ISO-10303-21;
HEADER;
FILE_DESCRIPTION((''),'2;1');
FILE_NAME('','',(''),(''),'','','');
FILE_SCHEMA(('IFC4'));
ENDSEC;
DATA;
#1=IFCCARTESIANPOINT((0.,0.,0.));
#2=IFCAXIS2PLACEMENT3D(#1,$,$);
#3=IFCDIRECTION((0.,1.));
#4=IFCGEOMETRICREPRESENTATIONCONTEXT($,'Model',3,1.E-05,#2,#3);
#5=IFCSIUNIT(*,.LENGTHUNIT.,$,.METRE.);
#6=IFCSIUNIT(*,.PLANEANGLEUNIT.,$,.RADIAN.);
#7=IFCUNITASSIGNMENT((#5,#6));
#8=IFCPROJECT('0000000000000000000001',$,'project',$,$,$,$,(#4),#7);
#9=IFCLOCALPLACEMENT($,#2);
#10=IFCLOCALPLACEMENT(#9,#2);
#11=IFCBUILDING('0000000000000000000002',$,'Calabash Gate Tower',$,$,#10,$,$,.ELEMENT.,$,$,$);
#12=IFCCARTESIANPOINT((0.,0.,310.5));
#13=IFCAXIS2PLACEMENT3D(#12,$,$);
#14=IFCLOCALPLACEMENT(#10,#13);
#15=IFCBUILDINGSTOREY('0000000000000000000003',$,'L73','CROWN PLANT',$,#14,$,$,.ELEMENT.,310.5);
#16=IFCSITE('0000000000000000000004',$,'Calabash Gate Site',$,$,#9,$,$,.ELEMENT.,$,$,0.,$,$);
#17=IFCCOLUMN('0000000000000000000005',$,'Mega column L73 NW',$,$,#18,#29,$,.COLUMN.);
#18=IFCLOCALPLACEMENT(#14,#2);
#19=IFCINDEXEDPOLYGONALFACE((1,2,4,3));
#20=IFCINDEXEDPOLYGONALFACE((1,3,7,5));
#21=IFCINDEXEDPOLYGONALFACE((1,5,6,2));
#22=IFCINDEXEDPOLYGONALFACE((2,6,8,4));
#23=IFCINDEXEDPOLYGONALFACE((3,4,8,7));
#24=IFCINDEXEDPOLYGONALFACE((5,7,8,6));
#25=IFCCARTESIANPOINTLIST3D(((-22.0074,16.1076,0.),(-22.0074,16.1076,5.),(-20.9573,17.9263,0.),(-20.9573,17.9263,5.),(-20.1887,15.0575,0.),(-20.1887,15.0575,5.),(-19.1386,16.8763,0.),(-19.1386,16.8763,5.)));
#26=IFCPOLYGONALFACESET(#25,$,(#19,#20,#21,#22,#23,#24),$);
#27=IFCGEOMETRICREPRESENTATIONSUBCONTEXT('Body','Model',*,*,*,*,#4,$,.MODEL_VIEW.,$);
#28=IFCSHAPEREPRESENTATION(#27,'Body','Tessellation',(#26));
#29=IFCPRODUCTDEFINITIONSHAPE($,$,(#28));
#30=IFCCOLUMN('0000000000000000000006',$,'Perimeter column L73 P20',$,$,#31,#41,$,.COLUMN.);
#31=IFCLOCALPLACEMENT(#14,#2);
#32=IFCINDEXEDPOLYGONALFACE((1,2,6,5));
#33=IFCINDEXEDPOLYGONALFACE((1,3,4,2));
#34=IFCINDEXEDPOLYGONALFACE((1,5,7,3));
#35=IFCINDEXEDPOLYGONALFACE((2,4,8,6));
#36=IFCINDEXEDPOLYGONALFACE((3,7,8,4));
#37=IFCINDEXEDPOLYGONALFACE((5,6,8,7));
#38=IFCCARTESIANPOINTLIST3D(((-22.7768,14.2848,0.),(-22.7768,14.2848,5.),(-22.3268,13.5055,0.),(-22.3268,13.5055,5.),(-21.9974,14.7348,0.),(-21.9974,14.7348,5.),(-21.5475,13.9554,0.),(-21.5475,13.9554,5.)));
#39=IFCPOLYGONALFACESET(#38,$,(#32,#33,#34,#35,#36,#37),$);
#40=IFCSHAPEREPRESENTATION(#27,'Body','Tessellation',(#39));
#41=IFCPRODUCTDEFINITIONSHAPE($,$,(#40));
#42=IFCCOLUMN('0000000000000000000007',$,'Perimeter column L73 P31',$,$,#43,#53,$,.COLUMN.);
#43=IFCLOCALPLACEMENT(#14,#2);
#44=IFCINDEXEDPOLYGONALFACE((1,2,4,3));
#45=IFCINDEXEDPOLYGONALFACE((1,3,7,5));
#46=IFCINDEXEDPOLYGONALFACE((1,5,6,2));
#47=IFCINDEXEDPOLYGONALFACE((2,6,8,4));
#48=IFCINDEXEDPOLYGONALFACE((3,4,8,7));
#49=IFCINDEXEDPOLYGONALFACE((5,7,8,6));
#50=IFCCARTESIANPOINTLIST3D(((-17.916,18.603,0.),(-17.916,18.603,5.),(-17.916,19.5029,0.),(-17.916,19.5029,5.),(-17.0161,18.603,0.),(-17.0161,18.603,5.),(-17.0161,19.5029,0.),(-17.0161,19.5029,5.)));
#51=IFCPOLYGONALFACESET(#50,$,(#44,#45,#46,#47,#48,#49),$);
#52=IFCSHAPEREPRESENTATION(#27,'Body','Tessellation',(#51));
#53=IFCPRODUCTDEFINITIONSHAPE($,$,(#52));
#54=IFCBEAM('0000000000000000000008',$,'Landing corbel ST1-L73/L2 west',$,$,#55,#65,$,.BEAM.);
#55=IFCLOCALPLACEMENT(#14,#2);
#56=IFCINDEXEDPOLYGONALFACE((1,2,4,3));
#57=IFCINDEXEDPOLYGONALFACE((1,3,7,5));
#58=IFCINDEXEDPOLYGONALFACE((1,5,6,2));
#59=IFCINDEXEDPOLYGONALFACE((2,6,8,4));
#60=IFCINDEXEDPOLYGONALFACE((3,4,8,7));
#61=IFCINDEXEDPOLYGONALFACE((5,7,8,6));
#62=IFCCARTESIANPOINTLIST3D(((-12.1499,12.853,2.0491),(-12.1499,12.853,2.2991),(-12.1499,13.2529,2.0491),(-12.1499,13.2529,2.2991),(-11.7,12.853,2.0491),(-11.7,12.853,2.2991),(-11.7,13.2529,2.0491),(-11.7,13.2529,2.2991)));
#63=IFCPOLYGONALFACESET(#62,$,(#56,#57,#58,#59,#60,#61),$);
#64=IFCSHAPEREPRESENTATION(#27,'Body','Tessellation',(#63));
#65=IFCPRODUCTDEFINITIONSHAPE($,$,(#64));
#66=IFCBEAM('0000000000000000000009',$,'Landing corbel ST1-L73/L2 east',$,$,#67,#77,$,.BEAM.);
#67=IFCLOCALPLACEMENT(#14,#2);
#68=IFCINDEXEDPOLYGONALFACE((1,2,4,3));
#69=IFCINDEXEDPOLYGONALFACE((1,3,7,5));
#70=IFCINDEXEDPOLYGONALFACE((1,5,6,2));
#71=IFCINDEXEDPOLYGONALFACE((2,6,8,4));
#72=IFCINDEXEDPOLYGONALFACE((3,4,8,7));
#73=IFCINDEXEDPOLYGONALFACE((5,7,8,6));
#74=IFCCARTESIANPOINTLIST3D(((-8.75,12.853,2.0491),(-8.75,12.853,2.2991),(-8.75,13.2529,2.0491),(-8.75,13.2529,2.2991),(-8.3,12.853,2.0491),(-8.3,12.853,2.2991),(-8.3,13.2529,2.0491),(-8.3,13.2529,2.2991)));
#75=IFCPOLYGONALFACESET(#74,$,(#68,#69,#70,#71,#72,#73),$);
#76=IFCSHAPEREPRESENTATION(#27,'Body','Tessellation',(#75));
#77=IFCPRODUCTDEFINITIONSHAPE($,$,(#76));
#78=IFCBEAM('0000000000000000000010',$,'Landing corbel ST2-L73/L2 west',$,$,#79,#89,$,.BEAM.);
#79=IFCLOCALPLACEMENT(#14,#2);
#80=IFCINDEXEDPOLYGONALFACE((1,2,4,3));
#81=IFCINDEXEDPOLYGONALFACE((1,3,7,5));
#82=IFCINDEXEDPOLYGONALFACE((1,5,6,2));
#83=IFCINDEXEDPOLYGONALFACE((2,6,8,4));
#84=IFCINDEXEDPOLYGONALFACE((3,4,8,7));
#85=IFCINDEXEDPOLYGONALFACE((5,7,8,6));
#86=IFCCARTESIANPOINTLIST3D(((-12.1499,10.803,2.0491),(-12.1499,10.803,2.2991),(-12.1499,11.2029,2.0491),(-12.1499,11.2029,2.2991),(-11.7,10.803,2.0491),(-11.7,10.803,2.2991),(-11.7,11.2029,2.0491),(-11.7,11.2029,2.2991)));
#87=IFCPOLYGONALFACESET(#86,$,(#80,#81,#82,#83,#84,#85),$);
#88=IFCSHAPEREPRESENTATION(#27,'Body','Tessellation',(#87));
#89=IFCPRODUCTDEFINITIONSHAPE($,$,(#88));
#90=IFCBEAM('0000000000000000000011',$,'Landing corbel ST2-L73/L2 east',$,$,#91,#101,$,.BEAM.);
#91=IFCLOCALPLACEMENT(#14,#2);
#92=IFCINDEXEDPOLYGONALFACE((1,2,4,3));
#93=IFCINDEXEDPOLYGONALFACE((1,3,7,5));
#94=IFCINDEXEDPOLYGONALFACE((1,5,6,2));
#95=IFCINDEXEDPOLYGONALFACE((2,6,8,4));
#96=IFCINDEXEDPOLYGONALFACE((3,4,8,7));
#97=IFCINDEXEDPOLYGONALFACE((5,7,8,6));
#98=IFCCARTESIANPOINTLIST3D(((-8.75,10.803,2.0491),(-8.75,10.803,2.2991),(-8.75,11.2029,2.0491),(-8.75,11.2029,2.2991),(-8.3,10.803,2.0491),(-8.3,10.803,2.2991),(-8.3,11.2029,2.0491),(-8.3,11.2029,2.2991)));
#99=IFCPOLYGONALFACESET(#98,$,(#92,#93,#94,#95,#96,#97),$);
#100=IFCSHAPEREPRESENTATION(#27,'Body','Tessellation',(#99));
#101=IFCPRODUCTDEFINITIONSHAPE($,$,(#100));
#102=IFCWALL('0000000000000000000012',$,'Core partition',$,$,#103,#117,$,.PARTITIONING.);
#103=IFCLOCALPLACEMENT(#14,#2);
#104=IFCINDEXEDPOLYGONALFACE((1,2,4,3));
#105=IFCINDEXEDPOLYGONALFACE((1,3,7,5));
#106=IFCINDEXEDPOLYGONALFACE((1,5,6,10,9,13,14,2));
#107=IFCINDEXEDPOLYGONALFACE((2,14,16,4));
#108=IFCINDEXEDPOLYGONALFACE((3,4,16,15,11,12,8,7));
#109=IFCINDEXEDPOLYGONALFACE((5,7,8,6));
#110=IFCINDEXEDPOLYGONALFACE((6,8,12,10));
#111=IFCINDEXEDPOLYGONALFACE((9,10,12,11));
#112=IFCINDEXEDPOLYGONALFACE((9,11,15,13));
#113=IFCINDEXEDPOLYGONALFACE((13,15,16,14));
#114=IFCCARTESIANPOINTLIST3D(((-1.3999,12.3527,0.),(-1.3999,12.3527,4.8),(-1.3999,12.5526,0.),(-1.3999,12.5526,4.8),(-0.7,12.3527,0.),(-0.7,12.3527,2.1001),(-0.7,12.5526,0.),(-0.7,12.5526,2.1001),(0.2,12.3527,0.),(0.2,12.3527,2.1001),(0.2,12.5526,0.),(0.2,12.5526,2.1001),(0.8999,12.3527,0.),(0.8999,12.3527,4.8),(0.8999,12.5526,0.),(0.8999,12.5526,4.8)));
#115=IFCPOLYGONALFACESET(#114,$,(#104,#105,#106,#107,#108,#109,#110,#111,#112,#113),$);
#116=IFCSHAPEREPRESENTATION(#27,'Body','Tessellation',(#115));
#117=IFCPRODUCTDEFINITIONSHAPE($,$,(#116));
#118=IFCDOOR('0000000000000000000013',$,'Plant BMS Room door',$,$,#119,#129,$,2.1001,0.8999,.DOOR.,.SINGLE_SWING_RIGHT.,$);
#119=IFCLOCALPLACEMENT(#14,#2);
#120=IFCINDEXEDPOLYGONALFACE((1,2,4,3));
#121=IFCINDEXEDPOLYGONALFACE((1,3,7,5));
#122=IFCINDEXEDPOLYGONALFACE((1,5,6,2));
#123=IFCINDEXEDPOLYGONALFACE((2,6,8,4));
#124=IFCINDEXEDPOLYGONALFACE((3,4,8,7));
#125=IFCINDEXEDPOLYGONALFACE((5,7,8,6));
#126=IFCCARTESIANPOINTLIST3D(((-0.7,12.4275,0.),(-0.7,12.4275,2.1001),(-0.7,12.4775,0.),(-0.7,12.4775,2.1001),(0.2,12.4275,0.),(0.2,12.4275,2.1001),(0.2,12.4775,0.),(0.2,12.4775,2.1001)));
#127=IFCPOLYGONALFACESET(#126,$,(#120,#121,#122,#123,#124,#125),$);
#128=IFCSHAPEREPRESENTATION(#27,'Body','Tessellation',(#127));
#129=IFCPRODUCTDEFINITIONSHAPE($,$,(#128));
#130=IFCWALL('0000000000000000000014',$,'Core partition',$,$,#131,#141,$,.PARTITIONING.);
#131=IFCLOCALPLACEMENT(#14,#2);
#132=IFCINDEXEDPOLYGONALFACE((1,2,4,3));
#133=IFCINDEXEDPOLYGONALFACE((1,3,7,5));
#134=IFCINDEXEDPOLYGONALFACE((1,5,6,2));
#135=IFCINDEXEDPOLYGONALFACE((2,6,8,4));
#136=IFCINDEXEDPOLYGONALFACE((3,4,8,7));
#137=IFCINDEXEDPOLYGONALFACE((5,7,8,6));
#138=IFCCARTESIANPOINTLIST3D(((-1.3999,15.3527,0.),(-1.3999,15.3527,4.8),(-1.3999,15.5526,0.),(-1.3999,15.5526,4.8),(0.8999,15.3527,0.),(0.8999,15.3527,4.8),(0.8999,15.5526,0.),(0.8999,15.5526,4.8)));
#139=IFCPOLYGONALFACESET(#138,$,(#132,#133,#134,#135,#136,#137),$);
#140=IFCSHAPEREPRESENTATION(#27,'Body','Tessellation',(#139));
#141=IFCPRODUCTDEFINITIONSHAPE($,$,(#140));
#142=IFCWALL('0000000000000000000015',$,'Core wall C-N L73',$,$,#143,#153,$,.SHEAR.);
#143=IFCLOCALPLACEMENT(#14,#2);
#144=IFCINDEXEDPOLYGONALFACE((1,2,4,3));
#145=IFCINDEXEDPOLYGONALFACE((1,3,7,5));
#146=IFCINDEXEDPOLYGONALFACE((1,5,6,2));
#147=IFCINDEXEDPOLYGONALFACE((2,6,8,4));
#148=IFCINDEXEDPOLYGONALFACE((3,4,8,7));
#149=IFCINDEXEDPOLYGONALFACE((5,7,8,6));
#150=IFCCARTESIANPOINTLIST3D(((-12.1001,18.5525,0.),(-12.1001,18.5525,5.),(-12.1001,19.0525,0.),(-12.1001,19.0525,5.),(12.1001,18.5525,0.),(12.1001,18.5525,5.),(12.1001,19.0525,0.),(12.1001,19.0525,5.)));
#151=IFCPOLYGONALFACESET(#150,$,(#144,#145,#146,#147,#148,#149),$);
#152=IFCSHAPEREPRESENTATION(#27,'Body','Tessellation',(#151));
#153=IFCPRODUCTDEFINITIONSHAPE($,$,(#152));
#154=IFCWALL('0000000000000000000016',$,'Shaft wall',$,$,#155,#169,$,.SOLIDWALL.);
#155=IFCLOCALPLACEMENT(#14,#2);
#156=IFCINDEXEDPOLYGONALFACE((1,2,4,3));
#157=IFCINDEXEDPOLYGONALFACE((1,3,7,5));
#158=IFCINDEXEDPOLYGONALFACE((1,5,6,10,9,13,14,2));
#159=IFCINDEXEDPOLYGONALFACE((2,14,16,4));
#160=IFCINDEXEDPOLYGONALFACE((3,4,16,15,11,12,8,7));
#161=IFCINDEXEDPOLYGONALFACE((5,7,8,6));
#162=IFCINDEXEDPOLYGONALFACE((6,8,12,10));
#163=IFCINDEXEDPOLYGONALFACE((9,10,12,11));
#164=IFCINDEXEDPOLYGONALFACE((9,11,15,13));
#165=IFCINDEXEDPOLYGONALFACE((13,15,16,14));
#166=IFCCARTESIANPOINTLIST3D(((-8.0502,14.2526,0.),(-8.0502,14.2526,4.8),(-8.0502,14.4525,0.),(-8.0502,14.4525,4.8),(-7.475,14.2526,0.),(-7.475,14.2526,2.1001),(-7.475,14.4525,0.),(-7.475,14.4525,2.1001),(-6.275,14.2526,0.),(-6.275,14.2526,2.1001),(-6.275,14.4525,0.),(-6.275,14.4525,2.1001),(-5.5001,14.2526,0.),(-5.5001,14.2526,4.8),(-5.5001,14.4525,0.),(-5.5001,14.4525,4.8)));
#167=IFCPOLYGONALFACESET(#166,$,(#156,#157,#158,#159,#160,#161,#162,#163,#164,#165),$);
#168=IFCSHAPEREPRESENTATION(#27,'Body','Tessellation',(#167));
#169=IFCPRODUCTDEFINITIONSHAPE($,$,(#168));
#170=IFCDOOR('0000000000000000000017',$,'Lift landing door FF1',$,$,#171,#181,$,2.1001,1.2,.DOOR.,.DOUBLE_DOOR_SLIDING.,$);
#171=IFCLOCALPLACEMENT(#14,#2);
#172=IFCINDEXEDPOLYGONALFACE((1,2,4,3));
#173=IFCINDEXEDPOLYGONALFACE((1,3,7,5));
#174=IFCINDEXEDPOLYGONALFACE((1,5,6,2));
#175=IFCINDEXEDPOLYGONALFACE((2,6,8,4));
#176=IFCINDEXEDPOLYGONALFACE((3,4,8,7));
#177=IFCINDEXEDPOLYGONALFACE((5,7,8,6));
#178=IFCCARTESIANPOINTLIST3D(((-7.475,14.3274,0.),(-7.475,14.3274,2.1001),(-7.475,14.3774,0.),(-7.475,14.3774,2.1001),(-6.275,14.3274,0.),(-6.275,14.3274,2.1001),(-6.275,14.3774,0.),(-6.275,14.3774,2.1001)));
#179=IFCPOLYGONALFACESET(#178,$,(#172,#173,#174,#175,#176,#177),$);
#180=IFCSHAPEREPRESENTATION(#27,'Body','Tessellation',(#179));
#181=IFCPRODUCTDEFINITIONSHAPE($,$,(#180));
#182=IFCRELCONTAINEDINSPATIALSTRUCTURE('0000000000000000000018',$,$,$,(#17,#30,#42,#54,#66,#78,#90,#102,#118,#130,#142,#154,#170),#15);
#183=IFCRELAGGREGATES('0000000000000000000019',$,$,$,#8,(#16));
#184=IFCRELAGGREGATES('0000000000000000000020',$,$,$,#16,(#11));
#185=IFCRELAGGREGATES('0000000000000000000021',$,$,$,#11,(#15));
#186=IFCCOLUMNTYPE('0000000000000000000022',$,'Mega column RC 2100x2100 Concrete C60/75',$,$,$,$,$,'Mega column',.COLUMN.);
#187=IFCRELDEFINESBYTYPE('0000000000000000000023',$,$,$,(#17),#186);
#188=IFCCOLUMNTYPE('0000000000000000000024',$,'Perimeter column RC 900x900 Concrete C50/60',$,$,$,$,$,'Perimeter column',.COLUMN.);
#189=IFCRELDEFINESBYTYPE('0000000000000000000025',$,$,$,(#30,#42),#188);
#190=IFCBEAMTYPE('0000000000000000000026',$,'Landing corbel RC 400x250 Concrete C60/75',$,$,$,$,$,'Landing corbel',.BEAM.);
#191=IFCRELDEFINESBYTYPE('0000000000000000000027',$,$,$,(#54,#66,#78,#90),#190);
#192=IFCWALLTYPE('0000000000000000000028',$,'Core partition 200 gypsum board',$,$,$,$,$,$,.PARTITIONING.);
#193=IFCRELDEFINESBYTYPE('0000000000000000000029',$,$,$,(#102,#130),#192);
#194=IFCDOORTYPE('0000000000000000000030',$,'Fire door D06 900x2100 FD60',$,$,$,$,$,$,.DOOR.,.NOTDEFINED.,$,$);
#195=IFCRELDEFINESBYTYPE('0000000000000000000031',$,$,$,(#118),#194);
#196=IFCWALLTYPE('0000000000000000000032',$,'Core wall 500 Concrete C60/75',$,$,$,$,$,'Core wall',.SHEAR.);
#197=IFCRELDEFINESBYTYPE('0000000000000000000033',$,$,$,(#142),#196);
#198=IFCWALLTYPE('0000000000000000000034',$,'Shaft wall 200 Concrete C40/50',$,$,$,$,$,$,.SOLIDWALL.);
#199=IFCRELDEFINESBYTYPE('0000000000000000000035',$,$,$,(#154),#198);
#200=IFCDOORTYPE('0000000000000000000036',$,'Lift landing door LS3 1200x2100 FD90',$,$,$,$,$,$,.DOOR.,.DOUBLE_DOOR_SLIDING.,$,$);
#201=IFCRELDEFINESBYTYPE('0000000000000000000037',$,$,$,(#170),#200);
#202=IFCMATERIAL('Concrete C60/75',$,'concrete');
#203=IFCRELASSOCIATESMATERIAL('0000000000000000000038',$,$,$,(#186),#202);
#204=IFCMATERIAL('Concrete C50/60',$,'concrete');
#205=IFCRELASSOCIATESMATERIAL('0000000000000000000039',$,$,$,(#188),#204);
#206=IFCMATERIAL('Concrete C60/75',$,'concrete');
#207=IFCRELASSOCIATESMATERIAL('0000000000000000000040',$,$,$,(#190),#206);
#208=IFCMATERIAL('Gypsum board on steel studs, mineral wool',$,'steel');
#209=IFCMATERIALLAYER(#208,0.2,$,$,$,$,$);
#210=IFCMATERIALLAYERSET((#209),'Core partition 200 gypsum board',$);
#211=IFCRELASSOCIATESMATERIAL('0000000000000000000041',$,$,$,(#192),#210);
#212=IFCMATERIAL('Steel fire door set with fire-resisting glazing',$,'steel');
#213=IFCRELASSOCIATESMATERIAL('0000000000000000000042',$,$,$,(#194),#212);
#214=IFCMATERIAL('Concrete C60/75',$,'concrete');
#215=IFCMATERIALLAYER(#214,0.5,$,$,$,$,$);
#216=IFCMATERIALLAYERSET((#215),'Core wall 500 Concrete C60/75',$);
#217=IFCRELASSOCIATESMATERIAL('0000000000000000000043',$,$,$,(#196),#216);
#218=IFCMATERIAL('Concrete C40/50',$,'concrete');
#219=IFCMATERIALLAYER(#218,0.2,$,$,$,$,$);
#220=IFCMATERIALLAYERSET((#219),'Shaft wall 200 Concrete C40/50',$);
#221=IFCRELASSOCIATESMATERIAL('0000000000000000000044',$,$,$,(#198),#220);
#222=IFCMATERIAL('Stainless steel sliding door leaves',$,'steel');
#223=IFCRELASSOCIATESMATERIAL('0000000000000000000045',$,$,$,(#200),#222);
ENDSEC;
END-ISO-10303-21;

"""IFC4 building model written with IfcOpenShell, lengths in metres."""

from ifc_helpers import new_model, si_unit, direction, frame, frame_2d, origin, origin_2d, place, context, subcontext, project, spatial, rectangle, extrude, material, layer, layer_set, material_profile, profile_set, type_object, element, fill, save


model = new_model("IFC4")

# Units and contexts
model_context = context("Model", 3, precision=1e-05, world=origin(), true_north=direction((0.0, 1.0)))
body_context = subcontext(model_context, "Body", "Model", "MODEL_VIEW")
ifc_project = project(units=[si_unit("LENGTHUNIT", "METRE"), si_unit("PLANEANGLEUNIT", "RADIAN")], contexts=[model_context])

# Site, building, storey
site_placement = place(None, origin())
site = spatial("IfcSite", under=ifc_project, at=site_placement, Name="Calabash Gate Site", CompositionType="ELEMENT", RefElevation=0.0)
building_placement = place(site_placement, origin())
building = spatial("IfcBuilding", under=site, at=building_placement, Name="Calabash Gate Tower", CompositionType="ELEMENT")
storey_placement = place(building_placement, frame((0.0, 0.0, 310.5)))
storey = spatial("IfcBuildingStorey", under=building, at=storey_placement, Name="L73", Description="CROWN PLANT", CompositionType="ELEMENT", Elevation=310.5)

# Columns
ifc_material_1 = material(Name="Concrete C60/75", Category="concrete")
ifc_material_profile_1 = material_profile(ifc_material_1, rectangle(XDim=2.1001, YDim=2.1001, at=origin_2d()))
ifc_profile_set_1 = profile_set([ifc_material_profile_1], Name="Concrete C60/75")
column_type_1 = type_object("IfcColumnType", Name="Mega column RC 2100x2100 Concrete C60/75", ElementType="Mega column", PredefinedType="COLUMN", material=ifc_profile_set_1)
column_placement = place(storey_placement, frame((-20.573, 16.4919, 0.0), z_axis=(0.0, 0.0, 1.0), x_axis=(0.866025, -0.5, 0.0)))
element("IfcColumn", 1, at=column_placement, inside=storey, type_object=column_type_1, Name="Mega column L73 NW", PredefinedType="COLUMN", context=body_context, shape_type="SweptSolid", body=[
    extrude(rectangle(XDim=2.1001, YDim=2.1001, at=origin_2d()), origin(), (0.0, 0.0, 1.0), 5.0),
])
ifc_material_2 = material(Name="Concrete C50/60", Category="concrete")
ifc_material_profile_2 = material_profile(ifc_material_2, rectangle(XDim=0.8999, YDim=0.8999, at=origin_2d()))
ifc_profile_set_2 = profile_set([ifc_material_profile_2], Name="Concrete C50/60")
column_type_2 = type_object("IfcColumnType", Name="Perimeter column RC 900x900 Concrete C50/60", ElementType="Perimeter column", PredefinedType="COLUMN", material=ifc_profile_set_2)
for number, where, z_axis, x_axis, name in (
    (2, (-22.1621, 14.1201, 0.0), (0.0, 0.0, 1.0), (0.5, -0.866025, 0.0), "Perimeter column L73 P20"),
    (3, (-17.4661, 19.053, 0.0), (0.0, 0.0, 1.0), (-1.0, 0.0, 0.0), "Perimeter column L73 P31"),
):
    element("IfcColumn", number, at=place(storey_placement, frame(where, z_axis=z_axis, x_axis=x_axis)), inside=storey, type_object=column_type_2, Name=name, PredefinedType="COLUMN", context=body_context, shape_type="SweptSolid", body=[
        extrude(rectangle(XDim=0.8999, YDim=0.8999, at=origin_2d()), origin(), (0.0, 0.0, 1.0), 5.0),
    ])

# Beams
ifc_material_3 = material(Name="Concrete C60/75", Category="concrete")
ifc_material_profile_3 = material_profile(ifc_material_3, rectangle(XDim=0.3999, YDim=0.25, at=origin_2d()))
ifc_profile_set_3 = profile_set([ifc_material_profile_3], Name="Concrete C60/75")
beam_type = type_object("IfcBeamType", Name="Landing corbel RC 400x250 Concrete C60/75", ElementType="Landing corbel", PredefinedType="BEAM", material=ifc_profile_set_3)
for number, where, z_axis, x_axis, name in (
    (4, (-12.1499, 13.053, 2.1741), (1.0, 0.0, 0.0), (0.0, 1.0, 0.0), "Landing corbel ST1-L73/L2 west"),
    (5, (-8.3, 13.053, 2.1741), (-1.0, 0.0, 0.0), (0.0, -1.0, 0.0), "Landing corbel ST1-L73/L2 east"),
    (6, (-12.1499, 11.0029, 2.1741), (1.0, 0.0, 0.0), (0.0, 1.0, 0.0), "Landing corbel ST2-L73/L2 west"),
    (7, (-8.3, 11.0029, 2.1741), (-1.0, 0.0, 0.0), (0.0, -1.0, 0.0), "Landing corbel ST2-L73/L2 east"),
):
    element("IfcBeam", number, at=place(storey_placement, frame(where, z_axis=z_axis, x_axis=x_axis)), inside=storey, type_object=beam_type, Name=name, PredefinedType="BEAM", context=body_context, shape_type="SweptSolid", body=[
        extrude(rectangle(XDim=0.3999, YDim=0.25, at=origin_2d()), origin(), (0.0, 0.0, 1.0), 0.45),
    ])

# Wall, opening, door
ifc_material_4 = material(Name="Gypsum board on steel studs, mineral wool", Category="steel")
ifc_layer_1 = layer(ifc_material_4, 0.2)
ifc_layer_set_1 = layer_set([ifc_layer_1], Name="Core partition 200 gypsum board")
wall_type_1 = type_object("IfcWallType", Name="Core partition 200 gypsum board", PredefinedType="PARTITIONING", material=ifc_layer_set_1)
wall_1_placement = place(storey_placement, frame((-1.3999, 12.4526, 0.0), z_axis=(0.0, 0.0, 1.0), x_axis=(1.0, 0.0, 0.0)))
wall_1 = element("IfcWall", 8, at=wall_1_placement, inside=storey, type_object=wall_type_1, Name="Core partition", PredefinedType="PARTITIONING", context=body_context, shape_type="SweptSolid", body=[
    extrude(rectangle(XDim=2.2998, YDim=0.2, at=frame_2d((1.1499, 0.0))), origin(), (0.0, 0.0, 1.0), 4.8),
])
opening_1_placement = place(wall_1_placement, frame((0.7, 0.0, 0.0)))
opening_1 = element("IfcOpeningElement", 9, at=opening_1_placement, cuts=wall_1, PredefinedType="OPENING", context=body_context, shape_type="SweptSolid", body=[
    extrude(rectangle(XDim=0.8999, YDim=2.1001, at=frame_2d((0.45, 1.05))), frame((0.0, 0.1099, 0.0), z_axis=(0.0, -1.0, 0.0), x_axis=(1.0, 0.0, 0.0)), (0.0, 0.0, 1.0), 0.22),
])
ifc_material_5 = material(Name="Steel fire door set with fire-resisting glazing", Category="steel")
door_type_1 = type_object("IfcDoorType", Name="Fire door D06 900x2100 FD60", OperationType="NOTDEFINED", PredefinedType="DOOR", material=ifc_material_5)
door_1_placement = place(opening_1_placement, origin())
door_1 = element("IfcDoor", 10, at=door_1_placement, inside=storey, type_object=door_type_1, Name="Plant BMS Room door", OperationType="SINGLE_SWING_RIGHT", OverallHeight=2.1001, OverallWidth=0.8999, PredefinedType="DOOR", context=body_context, shape_type="SweptSolid", body=[
    extrude(rectangle(XDim=0.8999, YDim=2.1001, at=frame_2d((0.45, 1.05))), frame((0.0, 0.0249, 0.0), z_axis=(0.0, -1.0, 0.0), x_axis=(1.0, 0.0, 0.0)), (0.0, 0.0, 1.0), 0.05),
])
fill(opening_1, door_1)

# Walls
wall_2_placement = place(storey_placement, frame((-1.3999, 15.4526, 0.0), z_axis=(0.0, 0.0, 1.0), x_axis=(1.0, 0.0, 0.0)))
element("IfcWall", 11, at=wall_2_placement, inside=storey, type_object=wall_type_1, Name="Core partition", PredefinedType="PARTITIONING", context=body_context, shape_type="SweptSolid", body=[
    extrude(rectangle(XDim=2.2998, YDim=0.2, at=frame_2d((1.1499, 0.0))), origin(), (0.0, 0.0, 1.0), 4.8),
])
ifc_material_6 = material(Name="Concrete C60/75", Category="concrete")
ifc_layer_2 = layer(ifc_material_6, 0.5)
ifc_layer_set_2 = layer_set([ifc_layer_2], Name="Core wall 500 Concrete C60/75")
wall_type_2 = type_object("IfcWallType", Name="Core wall 500 Concrete C60/75", ElementType="Core wall", PredefinedType="SHEAR", material=ifc_layer_set_2)
wall_3_placement = place(storey_placement, frame((-12.1001, 18.8025, 0.0), z_axis=(0.0, 0.0, 1.0), x_axis=(1.0, 0.0, 0.0)))
element("IfcWall", 12, at=wall_3_placement, inside=storey, type_object=wall_type_2, Name="Core wall C-N L73", PredefinedType="SHEAR", context=body_context, shape_type="SweptSolid", body=[
    extrude(rectangle(XDim=24.2002, YDim=0.5, at=frame_2d((12.1001, 0.0))), origin(), (0.0, 0.0, 1.0), 5.0),
])

# Wall, opening, door
ifc_material_7 = material(Name="Concrete C40/50", Category="concrete")
ifc_layer_3 = layer(ifc_material_7, 0.2)
ifc_layer_set_3 = layer_set([ifc_layer_3], Name="Shaft wall 200 Concrete C40/50")
wall_type_3 = type_object("IfcWallType", Name="Shaft wall 200 Concrete C40/50", PredefinedType="SOLIDWALL", material=ifc_layer_set_3)
wall_4_placement = place(storey_placement, frame((-8.05, 14.3525, 0.0), z_axis=(0.0, 0.0, 1.0), x_axis=(1.0, 0.0, 0.0)))
wall_4 = element("IfcWall", 13, at=wall_4_placement, inside=storey, type_object=wall_type_3, Name="Shaft wall", PredefinedType="SOLIDWALL", context=body_context, shape_type="SweptSolid", body=[
    extrude(rectangle(XDim=2.55, YDim=0.2, at=frame_2d((1.2749, 0.0))), origin(), (0.0, 0.0, 1.0), 4.8),
])
opening_2_placement = place(wall_4_placement, frame((0.575, 0.0, 0.0)))
opening_2 = element("IfcOpeningElement", 14, at=opening_2_placement, cuts=wall_4, PredefinedType="OPENING", context=body_context, shape_type="SweptSolid", body=[
    extrude(rectangle(XDim=1.2, YDim=2.1001, at=frame_2d((0.6001, 1.05))), frame((0.0, 0.1099, 0.0), z_axis=(0.0, -1.0, 0.0), x_axis=(1.0, 0.0, 0.0)), (0.0, 0.0, 1.0), 0.22),
])
ifc_material_8 = material(Name="Stainless steel sliding door leaves", Category="steel")
door_type_2 = type_object("IfcDoorType", Name="Lift landing door LS3 1200x2100 FD90", OperationType="DOUBLE_DOOR_SLIDING", PredefinedType="DOOR", material=ifc_material_8)
door_2_placement = place(opening_2_placement, origin())
door_2 = element("IfcDoor", 15, at=door_2_placement, inside=storey, type_object=door_type_2, Name="Lift landing door FF1", OperationType="DOUBLE_DOOR_SLIDING", OverallHeight=2.1001, OverallWidth=1.2, PredefinedType="DOOR", context=body_context, shape_type="SweptSolid", body=[
    extrude(rectangle(XDim=1.2, YDim=2.1001, at=frame_2d((0.6001, 1.05))), frame((0.0, 0.0249, 0.0), z_axis=(0.0, -1.0, 0.0), x_axis=(1.0, 0.0, 0.0)), (0.0, 0.0, 1.0), 0.05),
])
fill(opening_2, door_2)

save(model, "model.ifc")
